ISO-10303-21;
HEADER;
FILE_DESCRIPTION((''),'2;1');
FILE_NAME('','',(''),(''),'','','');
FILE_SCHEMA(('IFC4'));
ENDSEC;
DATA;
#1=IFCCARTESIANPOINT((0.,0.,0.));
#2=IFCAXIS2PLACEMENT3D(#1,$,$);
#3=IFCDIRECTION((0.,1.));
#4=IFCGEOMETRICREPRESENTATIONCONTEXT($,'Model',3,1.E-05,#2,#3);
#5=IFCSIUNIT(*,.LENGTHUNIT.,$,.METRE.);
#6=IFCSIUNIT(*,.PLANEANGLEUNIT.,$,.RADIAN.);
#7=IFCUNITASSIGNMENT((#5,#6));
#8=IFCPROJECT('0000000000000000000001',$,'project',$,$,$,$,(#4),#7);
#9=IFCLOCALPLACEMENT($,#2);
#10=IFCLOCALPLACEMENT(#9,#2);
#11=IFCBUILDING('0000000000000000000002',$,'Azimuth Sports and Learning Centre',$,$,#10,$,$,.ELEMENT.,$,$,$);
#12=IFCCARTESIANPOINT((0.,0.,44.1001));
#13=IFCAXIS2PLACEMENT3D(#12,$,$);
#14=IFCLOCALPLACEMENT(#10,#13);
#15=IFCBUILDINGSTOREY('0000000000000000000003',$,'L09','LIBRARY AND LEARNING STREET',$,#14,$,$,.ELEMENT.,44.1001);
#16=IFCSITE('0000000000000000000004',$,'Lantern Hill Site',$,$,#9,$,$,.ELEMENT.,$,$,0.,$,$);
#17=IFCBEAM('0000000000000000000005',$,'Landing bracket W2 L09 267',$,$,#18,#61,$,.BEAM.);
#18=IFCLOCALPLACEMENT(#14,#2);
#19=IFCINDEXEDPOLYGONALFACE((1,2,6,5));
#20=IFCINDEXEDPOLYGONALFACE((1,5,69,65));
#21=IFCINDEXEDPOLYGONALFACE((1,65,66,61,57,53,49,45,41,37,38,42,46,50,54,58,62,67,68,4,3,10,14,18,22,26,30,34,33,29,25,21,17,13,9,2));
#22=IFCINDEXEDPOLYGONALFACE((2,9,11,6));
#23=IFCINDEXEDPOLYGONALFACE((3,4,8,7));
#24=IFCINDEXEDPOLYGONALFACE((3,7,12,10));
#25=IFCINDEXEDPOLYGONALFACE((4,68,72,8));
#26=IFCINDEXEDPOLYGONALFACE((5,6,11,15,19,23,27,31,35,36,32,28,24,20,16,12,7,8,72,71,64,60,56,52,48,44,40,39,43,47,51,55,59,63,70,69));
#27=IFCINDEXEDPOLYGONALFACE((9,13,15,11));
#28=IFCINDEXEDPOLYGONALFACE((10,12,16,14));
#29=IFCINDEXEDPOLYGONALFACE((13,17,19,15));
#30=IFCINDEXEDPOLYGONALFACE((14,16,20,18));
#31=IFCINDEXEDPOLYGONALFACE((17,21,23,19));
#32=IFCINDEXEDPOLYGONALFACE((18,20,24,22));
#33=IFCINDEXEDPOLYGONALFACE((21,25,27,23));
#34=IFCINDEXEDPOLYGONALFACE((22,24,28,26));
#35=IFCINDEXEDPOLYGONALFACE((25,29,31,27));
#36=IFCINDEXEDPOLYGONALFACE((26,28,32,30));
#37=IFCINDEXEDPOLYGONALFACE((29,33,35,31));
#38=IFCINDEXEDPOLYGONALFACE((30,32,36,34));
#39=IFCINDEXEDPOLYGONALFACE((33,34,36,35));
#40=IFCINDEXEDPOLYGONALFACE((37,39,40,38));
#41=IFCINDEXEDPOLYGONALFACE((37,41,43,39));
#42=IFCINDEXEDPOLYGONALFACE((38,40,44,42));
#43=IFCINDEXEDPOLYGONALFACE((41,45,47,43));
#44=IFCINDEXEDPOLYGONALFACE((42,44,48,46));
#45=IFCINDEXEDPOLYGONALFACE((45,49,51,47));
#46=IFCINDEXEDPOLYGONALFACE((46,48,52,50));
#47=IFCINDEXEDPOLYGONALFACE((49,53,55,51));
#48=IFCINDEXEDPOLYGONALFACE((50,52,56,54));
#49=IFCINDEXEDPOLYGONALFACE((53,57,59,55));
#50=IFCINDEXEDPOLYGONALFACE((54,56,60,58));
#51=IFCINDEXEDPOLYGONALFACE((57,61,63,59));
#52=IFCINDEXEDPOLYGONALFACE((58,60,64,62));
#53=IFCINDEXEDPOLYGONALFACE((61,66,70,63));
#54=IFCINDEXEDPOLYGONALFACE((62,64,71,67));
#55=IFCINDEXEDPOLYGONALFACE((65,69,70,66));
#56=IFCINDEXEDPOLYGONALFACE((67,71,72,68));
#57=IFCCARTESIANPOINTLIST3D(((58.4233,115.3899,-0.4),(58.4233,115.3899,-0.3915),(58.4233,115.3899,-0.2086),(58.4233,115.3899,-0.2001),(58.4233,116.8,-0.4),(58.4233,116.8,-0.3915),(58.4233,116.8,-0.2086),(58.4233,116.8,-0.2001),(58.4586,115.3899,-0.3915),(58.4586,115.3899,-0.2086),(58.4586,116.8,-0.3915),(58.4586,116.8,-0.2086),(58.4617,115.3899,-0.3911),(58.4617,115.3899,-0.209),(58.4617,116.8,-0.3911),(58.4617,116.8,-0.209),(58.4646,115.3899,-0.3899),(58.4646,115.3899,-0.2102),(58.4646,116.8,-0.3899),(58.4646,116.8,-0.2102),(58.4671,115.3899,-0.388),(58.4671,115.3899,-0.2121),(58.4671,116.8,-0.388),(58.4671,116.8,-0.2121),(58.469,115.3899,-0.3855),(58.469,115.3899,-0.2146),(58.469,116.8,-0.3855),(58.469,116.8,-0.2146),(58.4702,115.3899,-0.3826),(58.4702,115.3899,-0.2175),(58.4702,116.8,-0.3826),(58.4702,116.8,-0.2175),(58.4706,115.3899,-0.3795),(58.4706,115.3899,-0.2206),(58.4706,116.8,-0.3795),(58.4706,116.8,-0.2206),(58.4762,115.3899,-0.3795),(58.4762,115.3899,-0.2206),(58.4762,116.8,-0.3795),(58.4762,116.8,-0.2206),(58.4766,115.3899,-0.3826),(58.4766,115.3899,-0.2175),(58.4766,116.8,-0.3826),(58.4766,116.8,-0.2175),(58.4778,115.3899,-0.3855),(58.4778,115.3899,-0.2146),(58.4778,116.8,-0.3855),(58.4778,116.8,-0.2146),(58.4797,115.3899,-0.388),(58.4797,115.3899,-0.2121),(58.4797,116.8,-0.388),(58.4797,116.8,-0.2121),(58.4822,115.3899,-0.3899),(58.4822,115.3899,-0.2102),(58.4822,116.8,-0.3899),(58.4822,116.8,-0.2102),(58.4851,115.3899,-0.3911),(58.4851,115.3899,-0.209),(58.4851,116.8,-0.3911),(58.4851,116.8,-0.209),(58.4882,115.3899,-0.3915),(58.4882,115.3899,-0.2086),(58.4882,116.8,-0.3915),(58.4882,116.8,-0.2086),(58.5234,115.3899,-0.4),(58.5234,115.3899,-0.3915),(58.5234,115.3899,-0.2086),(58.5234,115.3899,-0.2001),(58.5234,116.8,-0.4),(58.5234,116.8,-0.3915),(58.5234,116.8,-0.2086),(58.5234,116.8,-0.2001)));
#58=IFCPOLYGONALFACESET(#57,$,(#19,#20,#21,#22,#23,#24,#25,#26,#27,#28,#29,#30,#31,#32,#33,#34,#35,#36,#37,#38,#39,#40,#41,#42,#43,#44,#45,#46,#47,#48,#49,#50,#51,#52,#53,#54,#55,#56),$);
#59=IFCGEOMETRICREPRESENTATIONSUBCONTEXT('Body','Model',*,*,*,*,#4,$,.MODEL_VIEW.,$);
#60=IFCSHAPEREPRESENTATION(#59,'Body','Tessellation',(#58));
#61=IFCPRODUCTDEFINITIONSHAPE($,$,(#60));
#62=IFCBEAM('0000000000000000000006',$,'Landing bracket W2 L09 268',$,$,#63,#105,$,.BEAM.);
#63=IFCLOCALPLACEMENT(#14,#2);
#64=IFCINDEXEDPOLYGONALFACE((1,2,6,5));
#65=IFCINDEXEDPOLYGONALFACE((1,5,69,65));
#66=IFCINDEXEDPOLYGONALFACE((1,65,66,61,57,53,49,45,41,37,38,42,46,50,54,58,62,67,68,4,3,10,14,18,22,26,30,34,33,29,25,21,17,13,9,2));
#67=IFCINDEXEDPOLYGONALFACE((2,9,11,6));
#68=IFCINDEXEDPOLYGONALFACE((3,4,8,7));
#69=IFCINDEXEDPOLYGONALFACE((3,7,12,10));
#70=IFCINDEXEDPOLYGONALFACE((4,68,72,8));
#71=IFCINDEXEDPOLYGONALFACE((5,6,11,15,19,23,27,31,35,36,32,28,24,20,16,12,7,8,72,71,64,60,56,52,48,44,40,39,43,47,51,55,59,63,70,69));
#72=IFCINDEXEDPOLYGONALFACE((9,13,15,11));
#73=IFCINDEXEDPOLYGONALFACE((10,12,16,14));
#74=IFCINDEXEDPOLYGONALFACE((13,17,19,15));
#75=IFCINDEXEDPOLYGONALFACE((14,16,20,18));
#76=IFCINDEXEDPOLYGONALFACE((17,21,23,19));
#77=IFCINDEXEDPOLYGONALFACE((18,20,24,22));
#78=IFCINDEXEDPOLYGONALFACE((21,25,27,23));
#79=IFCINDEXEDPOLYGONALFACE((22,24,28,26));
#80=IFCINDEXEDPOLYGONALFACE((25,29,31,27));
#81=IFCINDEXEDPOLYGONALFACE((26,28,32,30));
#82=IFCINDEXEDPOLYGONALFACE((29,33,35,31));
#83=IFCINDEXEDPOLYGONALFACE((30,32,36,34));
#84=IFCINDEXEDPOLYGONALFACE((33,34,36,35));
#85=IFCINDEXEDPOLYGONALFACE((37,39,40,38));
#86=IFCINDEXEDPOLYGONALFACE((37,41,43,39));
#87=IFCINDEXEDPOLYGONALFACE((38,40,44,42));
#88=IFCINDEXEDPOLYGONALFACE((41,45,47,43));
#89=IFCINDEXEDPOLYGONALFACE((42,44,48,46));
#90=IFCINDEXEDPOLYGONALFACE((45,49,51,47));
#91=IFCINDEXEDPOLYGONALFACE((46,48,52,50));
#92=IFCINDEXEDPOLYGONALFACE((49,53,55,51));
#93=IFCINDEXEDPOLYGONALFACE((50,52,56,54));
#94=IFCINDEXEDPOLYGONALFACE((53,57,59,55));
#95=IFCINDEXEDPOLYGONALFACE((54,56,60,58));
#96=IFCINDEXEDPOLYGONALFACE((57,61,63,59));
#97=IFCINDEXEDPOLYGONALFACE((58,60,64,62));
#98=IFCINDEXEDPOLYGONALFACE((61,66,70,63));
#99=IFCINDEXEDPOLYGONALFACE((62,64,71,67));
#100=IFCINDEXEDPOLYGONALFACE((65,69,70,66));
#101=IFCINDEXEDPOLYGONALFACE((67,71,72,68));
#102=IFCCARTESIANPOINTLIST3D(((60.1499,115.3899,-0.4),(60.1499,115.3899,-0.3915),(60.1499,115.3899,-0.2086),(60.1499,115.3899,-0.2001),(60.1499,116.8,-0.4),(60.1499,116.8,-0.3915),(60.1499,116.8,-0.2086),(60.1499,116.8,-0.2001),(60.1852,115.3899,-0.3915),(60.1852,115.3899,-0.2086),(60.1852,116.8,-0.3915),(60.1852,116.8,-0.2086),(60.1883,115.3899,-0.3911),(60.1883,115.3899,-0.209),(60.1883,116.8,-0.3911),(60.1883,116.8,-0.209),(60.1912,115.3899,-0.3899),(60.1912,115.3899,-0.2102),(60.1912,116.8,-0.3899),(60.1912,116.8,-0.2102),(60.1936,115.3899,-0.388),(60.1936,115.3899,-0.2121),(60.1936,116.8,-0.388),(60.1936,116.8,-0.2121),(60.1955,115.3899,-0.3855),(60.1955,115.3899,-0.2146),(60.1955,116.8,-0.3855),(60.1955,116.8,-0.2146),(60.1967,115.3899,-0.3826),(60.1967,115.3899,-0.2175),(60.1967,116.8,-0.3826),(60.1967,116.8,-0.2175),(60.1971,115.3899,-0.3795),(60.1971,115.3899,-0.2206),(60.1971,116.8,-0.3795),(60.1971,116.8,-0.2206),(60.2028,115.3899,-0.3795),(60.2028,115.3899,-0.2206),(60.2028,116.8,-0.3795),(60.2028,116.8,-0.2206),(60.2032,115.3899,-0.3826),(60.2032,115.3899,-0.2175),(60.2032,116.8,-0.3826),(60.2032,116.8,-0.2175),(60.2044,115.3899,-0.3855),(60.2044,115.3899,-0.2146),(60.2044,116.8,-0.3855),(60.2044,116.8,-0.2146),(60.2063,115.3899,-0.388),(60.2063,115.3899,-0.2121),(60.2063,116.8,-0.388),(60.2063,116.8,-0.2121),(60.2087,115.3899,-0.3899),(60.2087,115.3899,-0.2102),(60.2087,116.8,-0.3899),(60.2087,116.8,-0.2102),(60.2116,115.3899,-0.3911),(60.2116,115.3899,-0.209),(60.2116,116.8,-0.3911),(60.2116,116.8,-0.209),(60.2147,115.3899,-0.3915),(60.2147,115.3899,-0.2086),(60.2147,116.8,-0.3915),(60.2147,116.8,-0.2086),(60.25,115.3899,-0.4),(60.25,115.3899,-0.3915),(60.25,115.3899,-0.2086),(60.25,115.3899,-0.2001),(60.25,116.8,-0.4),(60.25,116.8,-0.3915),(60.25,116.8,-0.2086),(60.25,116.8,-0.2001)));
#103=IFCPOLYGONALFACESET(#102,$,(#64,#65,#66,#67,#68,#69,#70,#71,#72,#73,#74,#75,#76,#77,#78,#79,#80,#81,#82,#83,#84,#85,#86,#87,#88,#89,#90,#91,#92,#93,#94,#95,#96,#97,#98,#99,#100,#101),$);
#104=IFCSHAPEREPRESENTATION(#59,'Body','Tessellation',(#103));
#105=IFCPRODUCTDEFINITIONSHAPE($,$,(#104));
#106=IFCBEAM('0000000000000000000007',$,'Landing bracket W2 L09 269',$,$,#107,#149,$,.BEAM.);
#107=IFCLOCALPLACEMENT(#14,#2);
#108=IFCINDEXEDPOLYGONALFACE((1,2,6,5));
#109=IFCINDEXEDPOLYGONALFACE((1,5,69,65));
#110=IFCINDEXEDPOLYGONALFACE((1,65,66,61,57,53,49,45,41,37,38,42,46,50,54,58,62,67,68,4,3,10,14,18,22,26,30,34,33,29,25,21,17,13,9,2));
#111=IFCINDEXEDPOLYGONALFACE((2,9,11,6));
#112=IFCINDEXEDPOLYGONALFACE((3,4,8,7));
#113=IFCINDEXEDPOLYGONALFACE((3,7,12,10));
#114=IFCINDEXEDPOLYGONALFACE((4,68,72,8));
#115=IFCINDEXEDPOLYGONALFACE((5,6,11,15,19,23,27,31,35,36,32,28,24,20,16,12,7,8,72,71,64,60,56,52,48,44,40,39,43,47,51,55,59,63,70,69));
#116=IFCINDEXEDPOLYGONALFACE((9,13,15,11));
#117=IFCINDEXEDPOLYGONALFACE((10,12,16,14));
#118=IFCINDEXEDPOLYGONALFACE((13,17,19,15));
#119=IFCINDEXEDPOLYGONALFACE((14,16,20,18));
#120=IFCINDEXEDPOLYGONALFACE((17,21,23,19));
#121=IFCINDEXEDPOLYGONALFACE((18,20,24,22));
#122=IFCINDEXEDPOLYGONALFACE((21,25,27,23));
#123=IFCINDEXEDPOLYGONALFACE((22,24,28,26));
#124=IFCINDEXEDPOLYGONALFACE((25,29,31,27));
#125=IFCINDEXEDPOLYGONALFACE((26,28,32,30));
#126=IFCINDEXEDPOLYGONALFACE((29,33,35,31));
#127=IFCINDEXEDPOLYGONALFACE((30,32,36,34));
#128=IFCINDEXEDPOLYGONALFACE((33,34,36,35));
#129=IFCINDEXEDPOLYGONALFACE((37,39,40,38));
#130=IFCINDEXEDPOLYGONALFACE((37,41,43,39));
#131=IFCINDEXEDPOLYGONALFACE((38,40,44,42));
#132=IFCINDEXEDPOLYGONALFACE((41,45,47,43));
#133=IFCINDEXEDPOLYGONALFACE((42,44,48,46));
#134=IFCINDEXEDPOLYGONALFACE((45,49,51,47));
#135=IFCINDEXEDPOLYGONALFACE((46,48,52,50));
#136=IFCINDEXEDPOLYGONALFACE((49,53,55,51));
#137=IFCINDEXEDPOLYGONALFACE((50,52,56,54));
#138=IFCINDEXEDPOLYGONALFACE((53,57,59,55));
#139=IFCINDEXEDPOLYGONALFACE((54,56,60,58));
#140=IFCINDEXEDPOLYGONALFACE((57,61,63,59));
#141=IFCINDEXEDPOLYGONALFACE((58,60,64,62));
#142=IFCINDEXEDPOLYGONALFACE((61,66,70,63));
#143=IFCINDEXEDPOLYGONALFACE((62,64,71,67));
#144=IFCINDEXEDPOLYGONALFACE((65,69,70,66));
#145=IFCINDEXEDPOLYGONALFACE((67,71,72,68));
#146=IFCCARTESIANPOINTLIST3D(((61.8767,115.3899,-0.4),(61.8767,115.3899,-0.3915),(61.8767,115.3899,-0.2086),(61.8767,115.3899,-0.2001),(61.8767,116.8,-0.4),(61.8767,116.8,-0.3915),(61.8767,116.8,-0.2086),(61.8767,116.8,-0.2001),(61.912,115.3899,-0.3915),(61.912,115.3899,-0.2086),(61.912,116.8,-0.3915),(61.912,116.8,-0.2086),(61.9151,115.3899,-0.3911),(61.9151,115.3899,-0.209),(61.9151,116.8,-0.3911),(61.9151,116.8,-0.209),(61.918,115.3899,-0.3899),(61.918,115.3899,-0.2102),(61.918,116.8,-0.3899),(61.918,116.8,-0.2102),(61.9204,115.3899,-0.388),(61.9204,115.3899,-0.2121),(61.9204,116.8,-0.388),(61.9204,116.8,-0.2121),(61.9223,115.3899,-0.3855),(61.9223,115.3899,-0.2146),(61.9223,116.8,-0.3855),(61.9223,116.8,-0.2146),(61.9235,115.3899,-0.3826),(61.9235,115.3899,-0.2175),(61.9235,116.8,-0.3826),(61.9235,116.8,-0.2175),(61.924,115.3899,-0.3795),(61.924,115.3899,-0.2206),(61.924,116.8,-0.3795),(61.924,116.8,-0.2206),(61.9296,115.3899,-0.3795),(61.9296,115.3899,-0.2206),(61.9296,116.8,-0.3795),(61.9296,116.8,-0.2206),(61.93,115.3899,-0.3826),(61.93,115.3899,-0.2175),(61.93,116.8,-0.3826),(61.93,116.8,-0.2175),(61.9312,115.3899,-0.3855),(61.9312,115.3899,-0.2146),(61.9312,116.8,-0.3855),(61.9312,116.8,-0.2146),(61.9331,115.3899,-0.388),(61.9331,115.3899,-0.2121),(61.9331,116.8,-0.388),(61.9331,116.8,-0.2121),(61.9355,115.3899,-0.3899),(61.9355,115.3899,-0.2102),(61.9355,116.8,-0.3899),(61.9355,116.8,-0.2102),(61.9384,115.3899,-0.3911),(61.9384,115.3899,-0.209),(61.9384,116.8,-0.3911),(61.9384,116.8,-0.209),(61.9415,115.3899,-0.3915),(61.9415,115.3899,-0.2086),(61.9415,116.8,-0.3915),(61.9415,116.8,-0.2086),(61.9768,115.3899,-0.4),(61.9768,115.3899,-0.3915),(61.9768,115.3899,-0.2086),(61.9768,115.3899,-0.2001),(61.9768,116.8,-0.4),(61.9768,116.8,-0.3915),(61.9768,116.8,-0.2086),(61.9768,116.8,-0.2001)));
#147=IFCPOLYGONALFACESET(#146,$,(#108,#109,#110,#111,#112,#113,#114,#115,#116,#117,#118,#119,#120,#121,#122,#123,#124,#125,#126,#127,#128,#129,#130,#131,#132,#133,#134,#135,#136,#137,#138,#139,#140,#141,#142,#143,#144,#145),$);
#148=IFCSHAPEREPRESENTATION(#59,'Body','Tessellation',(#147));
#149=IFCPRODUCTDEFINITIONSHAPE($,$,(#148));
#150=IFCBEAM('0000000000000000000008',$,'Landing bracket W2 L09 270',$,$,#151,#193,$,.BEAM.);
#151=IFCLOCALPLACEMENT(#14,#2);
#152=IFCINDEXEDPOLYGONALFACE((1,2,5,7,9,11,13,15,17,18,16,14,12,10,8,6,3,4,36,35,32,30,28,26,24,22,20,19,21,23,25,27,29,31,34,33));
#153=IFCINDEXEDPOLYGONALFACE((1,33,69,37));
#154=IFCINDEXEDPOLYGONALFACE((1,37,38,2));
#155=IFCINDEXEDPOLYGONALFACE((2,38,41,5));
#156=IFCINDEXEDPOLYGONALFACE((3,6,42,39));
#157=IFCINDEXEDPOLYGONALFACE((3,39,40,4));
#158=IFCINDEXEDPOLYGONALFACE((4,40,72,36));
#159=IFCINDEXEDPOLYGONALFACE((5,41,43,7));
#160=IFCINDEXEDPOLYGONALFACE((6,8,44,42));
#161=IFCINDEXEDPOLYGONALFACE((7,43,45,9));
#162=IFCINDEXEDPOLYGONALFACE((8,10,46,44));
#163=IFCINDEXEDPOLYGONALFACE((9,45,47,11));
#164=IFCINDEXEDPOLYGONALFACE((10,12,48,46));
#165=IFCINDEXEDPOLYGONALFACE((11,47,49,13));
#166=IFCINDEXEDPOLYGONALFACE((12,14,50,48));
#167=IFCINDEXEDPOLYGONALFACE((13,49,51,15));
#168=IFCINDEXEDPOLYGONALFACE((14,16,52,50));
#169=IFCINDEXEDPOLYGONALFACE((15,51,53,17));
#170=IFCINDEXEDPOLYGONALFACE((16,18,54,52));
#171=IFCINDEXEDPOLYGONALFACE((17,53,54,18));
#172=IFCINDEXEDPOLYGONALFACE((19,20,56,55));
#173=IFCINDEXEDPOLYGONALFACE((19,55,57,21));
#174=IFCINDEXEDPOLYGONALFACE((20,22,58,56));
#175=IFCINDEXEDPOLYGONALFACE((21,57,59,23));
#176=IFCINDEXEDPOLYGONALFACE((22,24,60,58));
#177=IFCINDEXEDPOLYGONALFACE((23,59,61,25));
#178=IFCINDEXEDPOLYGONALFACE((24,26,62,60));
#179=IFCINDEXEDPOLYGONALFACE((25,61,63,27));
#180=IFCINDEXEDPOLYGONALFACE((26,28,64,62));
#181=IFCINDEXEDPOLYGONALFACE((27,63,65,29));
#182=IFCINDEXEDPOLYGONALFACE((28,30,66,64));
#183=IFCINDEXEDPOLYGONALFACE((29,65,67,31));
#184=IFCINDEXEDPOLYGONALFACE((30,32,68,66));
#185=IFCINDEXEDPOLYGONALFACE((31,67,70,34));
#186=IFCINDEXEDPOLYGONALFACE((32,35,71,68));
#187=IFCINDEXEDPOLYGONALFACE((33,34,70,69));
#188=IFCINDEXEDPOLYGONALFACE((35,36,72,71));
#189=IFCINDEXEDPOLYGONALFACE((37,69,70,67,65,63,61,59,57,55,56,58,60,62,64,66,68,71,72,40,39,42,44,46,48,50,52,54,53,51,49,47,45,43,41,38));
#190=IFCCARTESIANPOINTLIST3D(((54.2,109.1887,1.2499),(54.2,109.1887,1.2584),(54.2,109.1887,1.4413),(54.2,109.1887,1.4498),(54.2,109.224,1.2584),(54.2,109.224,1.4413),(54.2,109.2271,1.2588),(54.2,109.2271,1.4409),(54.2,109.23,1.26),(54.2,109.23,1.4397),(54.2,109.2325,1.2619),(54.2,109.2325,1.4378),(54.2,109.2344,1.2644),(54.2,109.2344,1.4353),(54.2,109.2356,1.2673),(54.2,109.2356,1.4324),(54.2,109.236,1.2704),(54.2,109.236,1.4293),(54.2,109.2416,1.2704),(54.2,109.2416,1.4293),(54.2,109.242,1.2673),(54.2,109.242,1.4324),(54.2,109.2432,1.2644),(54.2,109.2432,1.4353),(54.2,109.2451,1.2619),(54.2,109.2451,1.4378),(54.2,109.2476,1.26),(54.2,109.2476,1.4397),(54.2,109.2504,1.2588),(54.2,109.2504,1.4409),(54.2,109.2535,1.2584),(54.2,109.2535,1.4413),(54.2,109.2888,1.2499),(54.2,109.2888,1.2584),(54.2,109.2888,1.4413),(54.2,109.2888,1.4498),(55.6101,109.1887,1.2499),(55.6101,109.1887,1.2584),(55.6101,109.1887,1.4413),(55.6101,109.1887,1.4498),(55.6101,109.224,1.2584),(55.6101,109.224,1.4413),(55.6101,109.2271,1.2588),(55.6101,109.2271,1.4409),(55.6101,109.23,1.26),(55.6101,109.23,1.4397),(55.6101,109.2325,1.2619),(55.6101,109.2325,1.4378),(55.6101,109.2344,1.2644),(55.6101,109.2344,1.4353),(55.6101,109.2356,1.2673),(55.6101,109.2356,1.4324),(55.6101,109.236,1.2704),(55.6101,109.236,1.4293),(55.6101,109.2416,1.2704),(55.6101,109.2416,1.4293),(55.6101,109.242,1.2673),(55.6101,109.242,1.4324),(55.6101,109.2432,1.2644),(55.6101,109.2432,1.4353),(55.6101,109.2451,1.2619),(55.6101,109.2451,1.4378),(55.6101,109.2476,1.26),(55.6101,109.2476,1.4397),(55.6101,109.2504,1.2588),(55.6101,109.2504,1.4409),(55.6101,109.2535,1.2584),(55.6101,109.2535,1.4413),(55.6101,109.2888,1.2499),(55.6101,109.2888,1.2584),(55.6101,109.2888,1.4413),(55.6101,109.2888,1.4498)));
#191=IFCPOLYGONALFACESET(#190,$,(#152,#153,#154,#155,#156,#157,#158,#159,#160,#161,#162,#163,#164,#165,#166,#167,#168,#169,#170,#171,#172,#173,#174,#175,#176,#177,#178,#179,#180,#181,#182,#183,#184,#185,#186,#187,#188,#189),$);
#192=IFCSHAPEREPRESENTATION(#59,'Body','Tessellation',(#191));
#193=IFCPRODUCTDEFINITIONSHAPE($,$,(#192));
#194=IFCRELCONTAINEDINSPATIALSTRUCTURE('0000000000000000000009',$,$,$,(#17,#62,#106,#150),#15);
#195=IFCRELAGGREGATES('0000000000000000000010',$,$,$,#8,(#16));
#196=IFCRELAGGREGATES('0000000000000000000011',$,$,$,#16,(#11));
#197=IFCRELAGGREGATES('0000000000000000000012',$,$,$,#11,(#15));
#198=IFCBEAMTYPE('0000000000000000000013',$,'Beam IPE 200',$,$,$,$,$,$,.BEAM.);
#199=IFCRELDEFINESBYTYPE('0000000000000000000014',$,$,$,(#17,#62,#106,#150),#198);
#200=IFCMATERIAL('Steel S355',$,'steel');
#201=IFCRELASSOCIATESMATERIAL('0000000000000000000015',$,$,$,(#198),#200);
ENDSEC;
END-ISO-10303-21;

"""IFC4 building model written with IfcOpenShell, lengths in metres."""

from ifc_helpers import new_model, si_unit, direction, frame, origin, origin_2d, place, context, subcontext, project, spatial, i_section, extrude, material, material_profile, profile_set, type_object, element, save


model = new_model("IFC4")

# Units and contexts
model_context = context("Model", 3, precision=1e-05, world=origin(), true_north=direction((0.0, 1.0)))
body_context = subcontext(model_context, "Body", "Model", "MODEL_VIEW")
ifc_project = project(units=[si_unit("LENGTHUNIT", "METRE"), si_unit("PLANEANGLEUNIT", "RADIAN")], contexts=[model_context])

# Site, building, storey
site_placement = place(None, origin())
site = spatial("IfcSite", under=ifc_project, at=site_placement, Name="Lantern Hill Site", CompositionType="ELEMENT", RefElevation=0.0)
building_placement = place(site_placement, origin())
building = spatial("IfcBuilding", under=site, at=building_placement, Name="Azimuth Sports and Learning Centre", CompositionType="ELEMENT")
storey_placement = place(building_placement, frame((0.0, 0.0, 44.1001)))
storey = spatial("IfcBuildingStorey", under=building, at=storey_placement, Name="L09", Description="LIBRARY AND LEARNING STREET", CompositionType="ELEMENT", Elevation=44.1001)

# Beams
ifc_material_1 = material(Name="Steel S355", Category="steel")
ifc_material_profile = material_profile(ifc_material_1, i_section(OverallWidth=0.1001, OverallDepth=0.2, WebThickness=0.0056, FlangeThickness=0.0085, FilletRadius=0.012, at=origin_2d()), Name="IPE 200")
ifc_profile_set = profile_set([ifc_material_profile], Name="Steel S355")
beam_type = type_object("IfcBeamType", Name="Beam IPE 200", PredefinedType="BEAM", material=ifc_profile_set)
for number, where, z_axis, x_axis, name in (
    (1, (58.4734, 116.8, -0.3), (0.0, -1.0, 0.0), (1.0, 0.0, 0.0), "Landing bracket W2 L09 267"),
    (2, (60.2, 116.8, -0.3), (0.0, -1.0, 0.0), (1.0, 0.0, 0.0), "Landing bracket W2 L09 268"),
    (3, (61.9268, 116.8, -0.3), (0.0, -1.0, 0.0), (1.0, 0.0, 0.0), "Landing bracket W2 L09 269"),
    (4, (54.2, 109.2388, 1.3499), (1.0, 0.0, 0.0), (0.0, 1.0, 0.0), "Landing bracket W2 L09 270"),
):
    element("IfcBeam", number, at=place(storey_placement, frame(where, z_axis=z_axis, x_axis=x_axis)), inside=storey, type_object=beam_type, Name=name, PredefinedType="BEAM", context=body_context, shape_type="SweptSolid", body=[
        extrude(i_section(OverallWidth=0.1001, OverallDepth=0.2, WebThickness=0.0056, FlangeThickness=0.0085, FilletRadius=0.012, at=origin_2d()), origin(), (0.0, 0.0, 1.0), 1.4102),
    ])

save(model, "model.ifc")
